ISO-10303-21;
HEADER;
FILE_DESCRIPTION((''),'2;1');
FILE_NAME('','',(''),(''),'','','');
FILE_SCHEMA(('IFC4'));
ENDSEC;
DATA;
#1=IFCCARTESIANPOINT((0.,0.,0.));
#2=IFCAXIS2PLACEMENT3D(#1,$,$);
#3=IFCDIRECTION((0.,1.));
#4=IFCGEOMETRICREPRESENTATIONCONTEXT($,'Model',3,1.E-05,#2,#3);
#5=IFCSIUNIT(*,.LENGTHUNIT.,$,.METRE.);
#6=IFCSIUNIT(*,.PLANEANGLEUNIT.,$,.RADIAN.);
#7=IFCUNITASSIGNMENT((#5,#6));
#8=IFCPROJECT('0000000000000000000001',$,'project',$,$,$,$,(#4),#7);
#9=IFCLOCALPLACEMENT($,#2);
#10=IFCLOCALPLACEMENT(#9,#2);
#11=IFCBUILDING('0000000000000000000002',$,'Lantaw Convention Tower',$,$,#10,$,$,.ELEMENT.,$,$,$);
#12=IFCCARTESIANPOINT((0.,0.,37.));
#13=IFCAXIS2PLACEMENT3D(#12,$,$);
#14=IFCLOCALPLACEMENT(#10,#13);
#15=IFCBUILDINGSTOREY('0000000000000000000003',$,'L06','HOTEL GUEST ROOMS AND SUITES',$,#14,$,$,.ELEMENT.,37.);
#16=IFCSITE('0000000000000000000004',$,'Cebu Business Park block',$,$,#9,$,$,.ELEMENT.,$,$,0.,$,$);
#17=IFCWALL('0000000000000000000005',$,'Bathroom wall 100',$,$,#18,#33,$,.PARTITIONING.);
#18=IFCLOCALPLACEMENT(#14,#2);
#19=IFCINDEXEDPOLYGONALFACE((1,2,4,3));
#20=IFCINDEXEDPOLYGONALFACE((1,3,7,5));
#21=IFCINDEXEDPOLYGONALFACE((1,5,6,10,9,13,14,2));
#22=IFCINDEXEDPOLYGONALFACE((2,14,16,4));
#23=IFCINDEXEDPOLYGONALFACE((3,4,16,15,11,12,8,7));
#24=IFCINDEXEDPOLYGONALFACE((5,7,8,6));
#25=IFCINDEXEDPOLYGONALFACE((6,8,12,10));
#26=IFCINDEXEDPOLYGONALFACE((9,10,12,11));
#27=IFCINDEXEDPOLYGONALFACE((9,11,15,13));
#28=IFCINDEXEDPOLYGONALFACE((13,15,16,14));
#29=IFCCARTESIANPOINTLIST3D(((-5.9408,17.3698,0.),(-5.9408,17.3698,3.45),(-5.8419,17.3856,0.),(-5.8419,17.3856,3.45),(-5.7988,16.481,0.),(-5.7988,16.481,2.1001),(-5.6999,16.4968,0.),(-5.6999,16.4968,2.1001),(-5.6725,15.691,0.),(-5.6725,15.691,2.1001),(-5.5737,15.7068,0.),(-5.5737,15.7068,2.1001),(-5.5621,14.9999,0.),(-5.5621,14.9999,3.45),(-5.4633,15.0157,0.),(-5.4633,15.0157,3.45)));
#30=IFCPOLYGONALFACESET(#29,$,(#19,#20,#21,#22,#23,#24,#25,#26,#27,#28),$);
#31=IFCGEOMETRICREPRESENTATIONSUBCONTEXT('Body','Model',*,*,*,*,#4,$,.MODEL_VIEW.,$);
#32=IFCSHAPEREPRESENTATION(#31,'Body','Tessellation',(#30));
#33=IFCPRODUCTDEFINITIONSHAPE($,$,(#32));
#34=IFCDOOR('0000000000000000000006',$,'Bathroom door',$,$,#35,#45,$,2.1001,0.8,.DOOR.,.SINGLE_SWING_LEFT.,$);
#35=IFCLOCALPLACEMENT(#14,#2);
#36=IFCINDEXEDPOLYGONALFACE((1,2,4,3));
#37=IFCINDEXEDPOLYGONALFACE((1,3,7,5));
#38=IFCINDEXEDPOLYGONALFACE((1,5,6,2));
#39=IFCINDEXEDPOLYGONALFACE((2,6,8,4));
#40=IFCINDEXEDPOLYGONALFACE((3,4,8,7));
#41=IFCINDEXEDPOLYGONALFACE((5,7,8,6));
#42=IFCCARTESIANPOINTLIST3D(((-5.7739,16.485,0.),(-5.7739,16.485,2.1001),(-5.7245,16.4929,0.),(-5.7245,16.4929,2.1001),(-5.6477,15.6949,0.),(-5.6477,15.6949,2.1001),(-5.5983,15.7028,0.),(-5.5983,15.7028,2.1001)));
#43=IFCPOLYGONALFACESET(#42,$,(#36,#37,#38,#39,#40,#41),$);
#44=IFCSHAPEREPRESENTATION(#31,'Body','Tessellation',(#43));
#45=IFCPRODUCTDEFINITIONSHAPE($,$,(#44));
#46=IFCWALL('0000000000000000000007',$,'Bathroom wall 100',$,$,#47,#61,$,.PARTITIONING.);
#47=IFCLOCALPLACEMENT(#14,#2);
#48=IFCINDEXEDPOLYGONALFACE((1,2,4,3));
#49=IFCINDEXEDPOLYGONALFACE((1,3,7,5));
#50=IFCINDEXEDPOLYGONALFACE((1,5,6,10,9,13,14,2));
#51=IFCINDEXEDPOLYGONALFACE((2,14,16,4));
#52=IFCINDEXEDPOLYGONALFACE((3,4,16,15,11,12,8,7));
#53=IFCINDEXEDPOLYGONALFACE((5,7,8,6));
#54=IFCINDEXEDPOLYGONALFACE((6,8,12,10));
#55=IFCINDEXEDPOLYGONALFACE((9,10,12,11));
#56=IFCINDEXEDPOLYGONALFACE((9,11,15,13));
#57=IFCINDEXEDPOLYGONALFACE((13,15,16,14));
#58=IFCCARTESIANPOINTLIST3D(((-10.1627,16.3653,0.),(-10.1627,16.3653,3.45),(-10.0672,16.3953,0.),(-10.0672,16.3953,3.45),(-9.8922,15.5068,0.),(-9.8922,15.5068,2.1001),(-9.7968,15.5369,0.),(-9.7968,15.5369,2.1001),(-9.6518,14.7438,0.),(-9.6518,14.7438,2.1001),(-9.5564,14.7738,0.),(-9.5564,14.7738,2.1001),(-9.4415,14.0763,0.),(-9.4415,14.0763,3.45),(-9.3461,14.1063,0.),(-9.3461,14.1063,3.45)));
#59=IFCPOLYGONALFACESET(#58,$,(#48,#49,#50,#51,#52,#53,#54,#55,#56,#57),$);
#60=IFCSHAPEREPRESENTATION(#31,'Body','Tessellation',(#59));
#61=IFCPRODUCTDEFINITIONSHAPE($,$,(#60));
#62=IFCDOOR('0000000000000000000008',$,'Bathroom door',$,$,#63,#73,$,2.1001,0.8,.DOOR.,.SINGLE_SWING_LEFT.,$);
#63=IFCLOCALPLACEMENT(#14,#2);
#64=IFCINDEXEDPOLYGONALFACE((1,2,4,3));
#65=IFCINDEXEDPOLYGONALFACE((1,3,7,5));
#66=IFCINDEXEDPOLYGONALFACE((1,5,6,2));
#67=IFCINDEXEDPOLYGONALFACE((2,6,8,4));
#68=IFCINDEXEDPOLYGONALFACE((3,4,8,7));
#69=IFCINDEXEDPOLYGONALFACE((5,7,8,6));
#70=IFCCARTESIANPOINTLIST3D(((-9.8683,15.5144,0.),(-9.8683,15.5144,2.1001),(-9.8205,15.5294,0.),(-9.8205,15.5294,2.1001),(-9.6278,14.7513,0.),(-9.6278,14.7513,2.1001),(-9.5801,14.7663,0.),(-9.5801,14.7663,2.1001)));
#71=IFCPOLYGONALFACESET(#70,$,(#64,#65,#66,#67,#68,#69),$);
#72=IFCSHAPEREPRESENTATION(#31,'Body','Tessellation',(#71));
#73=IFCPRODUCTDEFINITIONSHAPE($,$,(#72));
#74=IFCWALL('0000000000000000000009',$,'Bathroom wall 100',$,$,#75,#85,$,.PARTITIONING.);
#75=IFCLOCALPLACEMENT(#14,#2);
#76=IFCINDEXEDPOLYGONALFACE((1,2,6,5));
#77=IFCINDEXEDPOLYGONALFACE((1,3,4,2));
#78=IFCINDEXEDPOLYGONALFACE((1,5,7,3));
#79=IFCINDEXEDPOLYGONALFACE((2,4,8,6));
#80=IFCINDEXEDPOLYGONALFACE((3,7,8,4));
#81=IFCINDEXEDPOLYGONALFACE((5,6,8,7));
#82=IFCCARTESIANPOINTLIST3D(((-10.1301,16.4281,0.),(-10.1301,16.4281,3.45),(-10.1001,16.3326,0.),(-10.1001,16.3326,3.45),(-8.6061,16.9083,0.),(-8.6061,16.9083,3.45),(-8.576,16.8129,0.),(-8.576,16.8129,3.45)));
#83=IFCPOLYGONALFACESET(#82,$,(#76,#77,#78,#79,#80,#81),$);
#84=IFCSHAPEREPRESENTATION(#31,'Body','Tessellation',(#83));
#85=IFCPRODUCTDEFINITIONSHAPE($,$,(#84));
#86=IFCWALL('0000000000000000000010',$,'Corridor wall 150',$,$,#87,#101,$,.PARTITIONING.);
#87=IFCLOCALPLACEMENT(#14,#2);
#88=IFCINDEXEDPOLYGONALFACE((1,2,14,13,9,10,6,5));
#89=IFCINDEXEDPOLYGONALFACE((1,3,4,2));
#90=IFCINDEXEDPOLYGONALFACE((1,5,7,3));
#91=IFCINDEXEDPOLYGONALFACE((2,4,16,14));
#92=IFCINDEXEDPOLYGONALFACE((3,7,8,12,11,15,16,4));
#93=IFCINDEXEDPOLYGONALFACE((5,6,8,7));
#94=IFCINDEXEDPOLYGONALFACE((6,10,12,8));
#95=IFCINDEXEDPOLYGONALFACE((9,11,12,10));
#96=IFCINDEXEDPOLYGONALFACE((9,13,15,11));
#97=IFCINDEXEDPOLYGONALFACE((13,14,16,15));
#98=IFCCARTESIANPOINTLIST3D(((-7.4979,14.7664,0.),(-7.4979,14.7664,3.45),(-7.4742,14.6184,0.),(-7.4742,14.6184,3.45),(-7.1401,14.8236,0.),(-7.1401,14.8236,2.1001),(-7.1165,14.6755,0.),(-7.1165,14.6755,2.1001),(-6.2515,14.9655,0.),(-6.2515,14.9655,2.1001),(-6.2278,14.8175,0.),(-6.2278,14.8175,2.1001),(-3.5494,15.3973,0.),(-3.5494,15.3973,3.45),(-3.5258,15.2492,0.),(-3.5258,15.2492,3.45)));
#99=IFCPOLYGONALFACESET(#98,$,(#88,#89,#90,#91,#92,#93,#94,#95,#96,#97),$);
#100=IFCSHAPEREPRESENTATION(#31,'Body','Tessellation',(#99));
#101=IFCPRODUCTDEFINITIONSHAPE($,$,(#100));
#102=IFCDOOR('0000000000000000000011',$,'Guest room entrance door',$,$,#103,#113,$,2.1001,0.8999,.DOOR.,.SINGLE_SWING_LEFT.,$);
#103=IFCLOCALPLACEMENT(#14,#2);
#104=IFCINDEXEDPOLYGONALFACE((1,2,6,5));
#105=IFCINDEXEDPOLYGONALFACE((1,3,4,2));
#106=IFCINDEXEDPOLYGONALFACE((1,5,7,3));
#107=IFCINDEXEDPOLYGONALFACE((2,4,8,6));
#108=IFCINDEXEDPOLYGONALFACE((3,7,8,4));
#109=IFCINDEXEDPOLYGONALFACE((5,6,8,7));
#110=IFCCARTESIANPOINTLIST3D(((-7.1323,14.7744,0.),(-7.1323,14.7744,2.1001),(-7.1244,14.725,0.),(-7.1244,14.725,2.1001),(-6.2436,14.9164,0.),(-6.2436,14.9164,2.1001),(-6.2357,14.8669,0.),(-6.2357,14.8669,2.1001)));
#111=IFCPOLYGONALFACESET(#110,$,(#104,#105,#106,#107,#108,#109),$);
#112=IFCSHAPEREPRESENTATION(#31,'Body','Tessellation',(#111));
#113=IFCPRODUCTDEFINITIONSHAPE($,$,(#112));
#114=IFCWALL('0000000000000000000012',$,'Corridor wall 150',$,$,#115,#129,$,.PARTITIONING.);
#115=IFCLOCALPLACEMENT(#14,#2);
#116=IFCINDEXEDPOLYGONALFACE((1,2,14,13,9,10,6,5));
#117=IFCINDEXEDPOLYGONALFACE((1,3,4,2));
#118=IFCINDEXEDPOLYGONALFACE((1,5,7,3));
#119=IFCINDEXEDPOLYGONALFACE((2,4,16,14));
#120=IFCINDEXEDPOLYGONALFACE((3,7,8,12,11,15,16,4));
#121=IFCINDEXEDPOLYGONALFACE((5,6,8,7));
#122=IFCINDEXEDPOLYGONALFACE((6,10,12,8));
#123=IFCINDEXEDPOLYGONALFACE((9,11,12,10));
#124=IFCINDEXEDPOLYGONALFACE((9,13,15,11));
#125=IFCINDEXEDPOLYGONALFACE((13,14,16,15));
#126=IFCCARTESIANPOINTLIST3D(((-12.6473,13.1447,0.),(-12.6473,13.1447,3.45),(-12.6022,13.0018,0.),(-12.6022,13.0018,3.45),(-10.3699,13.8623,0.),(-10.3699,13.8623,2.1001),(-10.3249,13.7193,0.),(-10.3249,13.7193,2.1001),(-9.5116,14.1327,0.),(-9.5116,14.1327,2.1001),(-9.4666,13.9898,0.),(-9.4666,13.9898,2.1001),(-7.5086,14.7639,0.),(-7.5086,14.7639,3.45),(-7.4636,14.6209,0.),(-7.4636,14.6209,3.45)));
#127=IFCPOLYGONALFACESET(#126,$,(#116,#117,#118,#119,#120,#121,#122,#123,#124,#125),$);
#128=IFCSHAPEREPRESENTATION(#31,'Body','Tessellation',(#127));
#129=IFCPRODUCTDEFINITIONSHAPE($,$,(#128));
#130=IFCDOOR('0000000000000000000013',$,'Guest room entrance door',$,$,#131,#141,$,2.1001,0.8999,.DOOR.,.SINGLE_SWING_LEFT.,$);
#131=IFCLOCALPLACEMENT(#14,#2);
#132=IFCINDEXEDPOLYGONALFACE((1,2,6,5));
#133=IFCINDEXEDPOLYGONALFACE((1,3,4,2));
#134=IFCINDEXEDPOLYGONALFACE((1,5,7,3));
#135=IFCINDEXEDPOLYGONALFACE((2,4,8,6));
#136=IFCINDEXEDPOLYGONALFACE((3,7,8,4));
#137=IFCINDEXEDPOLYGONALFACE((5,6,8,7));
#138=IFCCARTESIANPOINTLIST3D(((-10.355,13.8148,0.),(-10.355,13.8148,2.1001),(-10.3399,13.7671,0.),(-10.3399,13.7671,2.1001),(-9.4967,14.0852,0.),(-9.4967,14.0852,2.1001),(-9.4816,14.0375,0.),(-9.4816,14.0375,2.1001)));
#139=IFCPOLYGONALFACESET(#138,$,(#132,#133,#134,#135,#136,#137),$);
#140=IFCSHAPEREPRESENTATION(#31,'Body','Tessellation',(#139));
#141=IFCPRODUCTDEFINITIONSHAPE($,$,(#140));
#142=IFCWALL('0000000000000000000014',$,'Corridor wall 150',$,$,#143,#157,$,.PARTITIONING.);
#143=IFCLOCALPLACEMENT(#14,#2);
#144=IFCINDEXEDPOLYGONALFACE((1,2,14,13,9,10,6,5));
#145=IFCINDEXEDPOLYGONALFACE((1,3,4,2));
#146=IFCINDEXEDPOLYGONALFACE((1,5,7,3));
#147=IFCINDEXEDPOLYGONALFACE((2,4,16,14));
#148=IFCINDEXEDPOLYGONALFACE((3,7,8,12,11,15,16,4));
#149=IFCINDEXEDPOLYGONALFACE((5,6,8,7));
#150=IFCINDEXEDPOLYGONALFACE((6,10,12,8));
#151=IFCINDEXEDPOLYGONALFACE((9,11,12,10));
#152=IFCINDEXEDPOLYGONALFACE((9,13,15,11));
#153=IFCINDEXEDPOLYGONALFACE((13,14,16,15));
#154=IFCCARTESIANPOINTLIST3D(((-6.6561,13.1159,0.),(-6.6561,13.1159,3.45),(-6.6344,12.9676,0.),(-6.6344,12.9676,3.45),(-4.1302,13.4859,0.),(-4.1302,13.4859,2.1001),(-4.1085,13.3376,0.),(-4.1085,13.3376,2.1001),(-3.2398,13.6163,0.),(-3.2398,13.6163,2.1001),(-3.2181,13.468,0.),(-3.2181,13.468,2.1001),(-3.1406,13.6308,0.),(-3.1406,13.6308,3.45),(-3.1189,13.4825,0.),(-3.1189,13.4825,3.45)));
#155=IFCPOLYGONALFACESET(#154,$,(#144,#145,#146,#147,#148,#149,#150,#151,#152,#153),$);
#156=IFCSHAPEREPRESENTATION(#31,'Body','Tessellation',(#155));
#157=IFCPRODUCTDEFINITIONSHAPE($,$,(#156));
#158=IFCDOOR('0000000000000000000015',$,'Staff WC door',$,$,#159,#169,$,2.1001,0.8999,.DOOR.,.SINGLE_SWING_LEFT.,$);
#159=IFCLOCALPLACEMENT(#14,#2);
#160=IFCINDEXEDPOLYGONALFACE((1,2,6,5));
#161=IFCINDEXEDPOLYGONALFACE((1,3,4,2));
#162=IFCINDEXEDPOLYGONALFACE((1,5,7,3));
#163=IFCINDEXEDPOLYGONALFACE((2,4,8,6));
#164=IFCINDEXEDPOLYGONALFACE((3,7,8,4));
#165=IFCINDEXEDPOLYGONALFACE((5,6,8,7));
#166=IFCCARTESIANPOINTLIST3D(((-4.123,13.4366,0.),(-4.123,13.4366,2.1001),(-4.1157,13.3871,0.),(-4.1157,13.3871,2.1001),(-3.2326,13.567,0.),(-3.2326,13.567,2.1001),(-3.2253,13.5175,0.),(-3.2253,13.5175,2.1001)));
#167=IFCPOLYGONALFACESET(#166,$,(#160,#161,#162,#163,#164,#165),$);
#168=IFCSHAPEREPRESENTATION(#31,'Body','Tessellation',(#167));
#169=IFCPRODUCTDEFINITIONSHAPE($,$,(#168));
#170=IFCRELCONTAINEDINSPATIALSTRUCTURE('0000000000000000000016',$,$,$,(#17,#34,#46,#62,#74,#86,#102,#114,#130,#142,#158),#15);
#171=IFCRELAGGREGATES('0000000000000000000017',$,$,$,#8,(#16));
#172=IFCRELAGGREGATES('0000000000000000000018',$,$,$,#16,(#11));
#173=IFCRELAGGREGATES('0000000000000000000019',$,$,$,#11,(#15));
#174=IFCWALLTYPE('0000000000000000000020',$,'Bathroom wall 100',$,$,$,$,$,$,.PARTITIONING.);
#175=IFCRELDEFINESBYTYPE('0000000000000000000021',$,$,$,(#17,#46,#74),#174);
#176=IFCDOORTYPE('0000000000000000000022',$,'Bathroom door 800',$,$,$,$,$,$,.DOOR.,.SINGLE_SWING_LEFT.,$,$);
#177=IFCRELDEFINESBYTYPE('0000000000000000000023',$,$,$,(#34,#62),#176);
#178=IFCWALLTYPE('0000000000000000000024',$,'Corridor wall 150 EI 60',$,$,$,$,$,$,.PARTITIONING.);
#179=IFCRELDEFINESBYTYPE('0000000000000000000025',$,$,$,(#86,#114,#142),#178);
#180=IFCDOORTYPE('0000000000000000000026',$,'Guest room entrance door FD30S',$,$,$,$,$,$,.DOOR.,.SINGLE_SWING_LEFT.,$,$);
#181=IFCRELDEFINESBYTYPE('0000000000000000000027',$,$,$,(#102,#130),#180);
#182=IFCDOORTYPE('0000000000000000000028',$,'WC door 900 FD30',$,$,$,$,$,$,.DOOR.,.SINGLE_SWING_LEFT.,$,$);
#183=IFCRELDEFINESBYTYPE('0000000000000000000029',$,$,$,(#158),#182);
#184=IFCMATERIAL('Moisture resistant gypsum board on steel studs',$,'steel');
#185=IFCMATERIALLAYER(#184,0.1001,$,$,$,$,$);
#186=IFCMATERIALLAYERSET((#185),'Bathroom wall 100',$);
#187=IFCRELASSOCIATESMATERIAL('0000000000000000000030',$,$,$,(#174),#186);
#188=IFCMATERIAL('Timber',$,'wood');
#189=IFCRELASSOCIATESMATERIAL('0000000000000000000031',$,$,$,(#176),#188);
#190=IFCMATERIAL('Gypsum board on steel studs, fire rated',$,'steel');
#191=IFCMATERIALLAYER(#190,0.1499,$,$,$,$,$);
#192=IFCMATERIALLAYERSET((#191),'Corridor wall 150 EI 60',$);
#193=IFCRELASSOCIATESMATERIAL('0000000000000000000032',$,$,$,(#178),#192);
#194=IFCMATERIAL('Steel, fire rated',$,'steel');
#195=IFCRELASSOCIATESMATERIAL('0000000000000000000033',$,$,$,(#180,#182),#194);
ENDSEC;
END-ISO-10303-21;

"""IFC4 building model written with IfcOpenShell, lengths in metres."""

from ifc_helpers import new_model, si_unit, direction, frame, frame_2d, origin, place, context, subcontext, project, spatial, rectangle, extrude, material, layer, layer_set, type_object, element, fill, save


model = new_model("IFC4")

# Units and contexts
model_context = context("Model", 3, precision=1e-05, world=origin(), true_north=direction((0.0, 1.0)))
body_context = subcontext(model_context, "Body", "Model", "MODEL_VIEW")
ifc_project = project(units=[si_unit("LENGTHUNIT", "METRE"), si_unit("PLANEANGLEUNIT", "RADIAN")], contexts=[model_context])

# Site, building, storey
site_placement = place(None, origin())
site = spatial("IfcSite", under=ifc_project, at=site_placement, Name="Cebu Business Park block", CompositionType="ELEMENT", RefElevation=0.0)
building_placement = place(site_placement, origin())
building = spatial("IfcBuilding", under=site, at=building_placement, Name="Lantaw Convention Tower", CompositionType="ELEMENT")
storey_placement = place(building_placement, frame((0.0, 0.0, 37.0)))
storey = spatial("IfcBuildingStorey", under=building, at=storey_placement, Name="L06", Description="HOTEL GUEST ROOMS AND SUITES", CompositionType="ELEMENT", Elevation=37.0)

# Walls, openings, doors
ifc_material_1 = material(Name="Moisture resistant gypsum board on steel studs", Category="steel")
ifc_layer_1 = layer(ifc_material_1, 0.1001)
ifc_layer_set_1 = layer_set([ifc_layer_1], Name="Bathroom wall 100")
wall_type_1 = type_object("IfcWallType", Name="Bathroom wall 100", PredefinedType="PARTITIONING", material=ifc_layer_set_1)
ifc_material_2 = material(Name="Timber", Category="wood")
door_type_1 = type_object("IfcDoorType", Name="Bathroom door 800", OperationType="SINGLE_SWING_LEFT", PredefinedType="DOOR", material=ifc_material_2)
wall_1_placement = place(storey_placement, frame((-5.5127, 15.0078, 0.0), z_axis=(0.0, 0.0, 1.0), x_axis=(-0.15778, 0.987474, 0.0)))
wall_1 = element("IfcWall", 1, at=wall_1_placement, inside=storey, type_object=wall_type_1, Name="Bathroom wall 100", PredefinedType="PARTITIONING", context=body_context, shape_type="SweptSolid", body=[
    extrude(rectangle(XDim=2.3999, YDim=0.1001, at=frame_2d((1.2, 0.0))), origin(), (0.0, 0.0, 1.0), 3.45),
])
opening_1_placement = place(wall_1_placement, frame((0.7, 0.0, 0.0)))
opening_1 = element("IfcOpeningElement", 2, at=opening_1_placement, cuts=wall_1, PredefinedType="OPENING", context=body_context, shape_type="SweptSolid", body=[
    extrude(rectangle(XDim=0.8, YDim=2.1001, at=frame_2d((0.3999, 1.05))), frame((0.0, 0.0601, 0.0), z_axis=(0.0, -1.0, 0.0), x_axis=(1.0, 0.0, 0.0)), (0.0, 0.0, 1.0), 0.1201),
])
door_1_placement = place(opening_1_placement, origin())
door_1 = element("IfcDoor", 3, at=door_1_placement, inside=storey, type_object=door_type_1, Name="Bathroom door", OperationType="SINGLE_SWING_LEFT", OverallHeight=2.1001, OverallWidth=0.8, PredefinedType="DOOR", context=body_context, shape_type="SweptSolid", body=[
    extrude(rectangle(XDim=0.8, YDim=2.1001, at=frame_2d((0.3999, 1.05))), frame((0.0, 0.0249, 0.0), z_axis=(0.0, -1.0, 0.0), x_axis=(1.0, 0.0, 0.0)), (0.0, 0.0, 1.0), 0.05),
])
fill(opening_1, door_1)
wall_2_placement = place(storey_placement, frame((-9.3938, 14.0913, 0.0), z_axis=(0.0, 0.0, 1.0), x_axis=(-0.300498, 0.953782, 0.0)))
wall_2 = element("IfcWall", 4, at=wall_2_placement, inside=storey, type_object=wall_type_1, Name="Bathroom wall 100", PredefinedType="PARTITIONING", context=body_context, shape_type="SweptSolid", body=[
    extrude(rectangle(XDim=2.3999, YDim=0.1001, at=frame_2d((1.2, 0.0))), origin(), (0.0, 0.0, 1.0), 3.45),
])
opening_2_placement = place(wall_2_placement, frame((0.7, 0.0, 0.0)))
opening_2 = element("IfcOpeningElement", 5, at=opening_2_placement, cuts=wall_2, PredefinedType="OPENING", context=body_context, shape_type="SweptSolid", body=[
    extrude(rectangle(XDim=0.8, YDim=2.1001, at=frame_2d((0.3999, 1.05))), frame((0.0, 0.0601, 0.0), z_axis=(0.0, -1.0, 0.0), x_axis=(1.0, 0.0, 0.0)), (0.0, 0.0, 1.0), 0.1201),
])
door_2_placement = place(opening_2_placement, origin())
door_2 = element("IfcDoor", 6, at=door_2_placement, inside=storey, type_object=door_type_1, Name="Bathroom door", OperationType="SINGLE_SWING_LEFT", OverallHeight=2.1001, OverallWidth=0.8, PredefinedType="DOOR", context=body_context, shape_type="SweptSolid", body=[
    extrude(rectangle(XDim=0.8, YDim=2.1001, at=frame_2d((0.3999, 1.05))), frame((0.0, 0.0249, 0.0), z_axis=(0.0, -1.0, 0.0), x_axis=(1.0, 0.0, 0.0)), (0.0, 0.0, 1.0), 0.05),
])
fill(opening_2, door_2)

# Wall
wall_3_placement = place(storey_placement, frame((-10.115, 16.3804, 0.0), z_axis=(0.0, 0.0, 1.0), x_axis=(0.953765, 0.300554, 0.0)))
element("IfcWall", 7, at=wall_3_placement, inside=storey, type_object=wall_type_1, Name="Bathroom wall 100", PredefinedType="PARTITIONING", context=body_context, shape_type="SweptSolid", body=[
    extrude(rectangle(XDim=1.5979, YDim=0.1001, at=frame_2d((0.7988, 0.0))), origin(), (0.0, 0.0, 1.0), 3.45),
])

# Walls, openings, doors
ifc_material_3 = material(Name="Gypsum board on steel studs, fire rated", Category="steel")
ifc_layer_2 = layer(ifc_material_3, 0.1499)
ifc_layer_set_2 = layer_set([ifc_layer_2], Name="Corridor wall 150 EI 60")
wall_type_2 = type_object("IfcWallType", Name="Corridor wall 150 EI 60", PredefinedType="PARTITIONING", material=ifc_layer_set_2)
wall_4_placement = place(storey_placement, frame((-3.5376, 15.3232, 0.0), z_axis=(0.0, 0.0, 1.0), x_axis=(-0.987476, -0.157771, 0.0)))
wall_4 = element("IfcWall", 8, at=wall_4_placement, inside=storey, type_object=wall_type_2, Name="Corridor wall 150", PredefinedType="PARTITIONING", context=body_context, shape_type="SweptSolid", body=[
    extrude(rectangle(XDim=3.9985, YDim=0.1499, at=frame_2d((1.9993, 0.0))), origin(), (0.0, 0.0, 1.0), 3.45),
])
opening_3_placement = place(wall_4_placement, frame((2.7363, 0.0, 0.0)))
opening_3 = element("IfcOpeningElement", 9, at=opening_3_placement, cuts=wall_4, PredefinedType="OPENING", context=body_context, shape_type="SweptSolid", body=[
    extrude(rectangle(XDim=0.8999, YDim=2.1001, at=frame_2d((0.45, 1.05))), frame((0.0, 0.085, 0.0), z_axis=(0.0, -1.0, 0.0), x_axis=(1.0, 0.0, 0.0)), (0.0, 0.0, 1.0), 0.1699),
])
ifc_material_4 = material(Name="Steel, fire rated", Category="steel")
door_type_2 = type_object("IfcDoorType", Name="Guest room entrance door FD30S", OperationType="SINGLE_SWING_LEFT", PredefinedType="DOOR", material=ifc_material_4)
door_3_placement = place(opening_3_placement, origin())
door_3 = element("IfcDoor", 10, at=door_3_placement, inside=storey, type_object=door_type_2, Name="Guest room entrance door", OperationType="SINGLE_SWING_LEFT", OverallHeight=2.1001, OverallWidth=0.8999, PredefinedType="DOOR", context=body_context, shape_type="SweptSolid", body=[
    extrude(rectangle(XDim=0.8999, YDim=2.1001, at=frame_2d((0.45, 1.05))), frame((0.0, 0.0249, 0.0), z_axis=(0.0, -1.0, 0.0), x_axis=(1.0, 0.0, 0.0)), (0.0, 0.0, 1.0), 0.05),
])
fill(opening_3, door_3)
wall_5_placement = place(storey_placement, frame((-7.4861, 14.6924, 0.0), z_axis=(0.0, 0.0, 1.0), x_axis=(-0.953774, -0.300524, 0.0)))
wall_5 = element("IfcWall", 11, at=wall_5_placement, inside=storey, type_object=wall_type_2, Name="Corridor wall 150", PredefinedType="PARTITIONING", context=body_context, shape_type="SweptSolid", body=[
    extrude(rectangle(XDim=5.3877, YDim=0.1499, at=frame_2d((2.6938, 0.0))), origin(), (0.0, 0.0, 1.0), 3.45),
])
opening_4_placement = place(wall_5_placement, frame((2.1001, 0.0, 0.0)))
opening_4 = element("IfcOpeningElement", 12, at=opening_4_placement, cuts=wall_5, PredefinedType="OPENING", context=body_context, shape_type="SweptSolid", body=[
    extrude(rectangle(XDim=0.8999, YDim=2.1001, at=frame_2d((0.45, 1.05))), frame((0.0, 0.085, 0.0), z_axis=(0.0, -1.0, 0.0), x_axis=(1.0, 0.0, 0.0)), (0.0, 0.0, 1.0), 0.1699),
])
door_4_placement = place(opening_4_placement, origin())
door_4 = element("IfcDoor", 13, at=door_4_placement, inside=storey, type_object=door_type_2, Name="Guest room entrance door", OperationType="SINGLE_SWING_LEFT", OverallHeight=2.1001, OverallWidth=0.8999, PredefinedType="DOOR", context=body_context, shape_type="SweptSolid", body=[
    extrude(rectangle(XDim=0.8999, YDim=2.1001, at=frame_2d((0.45, 1.05))), frame((0.0, 0.0249, 0.0), z_axis=(0.0, -1.0, 0.0), x_axis=(1.0, 0.0, 0.0)), (0.0, 0.0, 1.0), 0.05),
])
fill(opening_4, door_4)
wall_6_placement = place(storey_placement, frame((-3.1299, 13.5566, 0.0), z_axis=(0.0, 0.0, 1.0), x_axis=(-0.989443, -0.144922, 0.0)))
wall_6 = element("IfcWall", 14, at=wall_6_placement, inside=storey, type_object=wall_type_2, Name="Corridor wall 150", PredefinedType="PARTITIONING", context=body_context, shape_type="SweptSolid", body=[
    extrude(rectangle(XDim=3.553, YDim=0.1499, at=frame_2d((1.7764, 0.0))), origin(), (0.0, 0.0, 1.0), 3.45),
])
opening_5_placement = place(wall_6_placement, frame((0.1001, 0.0, 0.0)))
opening_5 = element("IfcOpeningElement", 15, at=opening_5_placement, cuts=wall_6, PredefinedType="OPENING", context=body_context, shape_type="SweptSolid", body=[
    extrude(rectangle(XDim=0.8999, YDim=2.1001, at=frame_2d((0.45, 1.05))), frame((0.0, 0.085, 0.0), z_axis=(0.0, -1.0, 0.0), x_axis=(1.0, 0.0, 0.0)), (0.0, 0.0, 1.0), 0.1699),
])
door_type_3 = type_object("IfcDoorType", Name="WC door 900 FD30", OperationType="SINGLE_SWING_LEFT", PredefinedType="DOOR", material=ifc_material_4)
door_5_placement = place(opening_5_placement, origin())
door_5 = element("IfcDoor", 16, at=door_5_placement, inside=storey, type_object=door_type_3, Name="Staff WC door", OperationType="SINGLE_SWING_LEFT", OverallHeight=2.1001, OverallWidth=0.8999, PredefinedType="DOOR", context=body_context, shape_type="SweptSolid", body=[
    extrude(rectangle(XDim=0.8999, YDim=2.1001, at=frame_2d((0.45, 1.05))), frame((0.0, 0.0249, 0.0), z_axis=(0.0, -1.0, 0.0), x_axis=(1.0, 0.0, 0.0)), (0.0, 0.0, 1.0), 0.05),
])
fill(opening_5, door_5)

save(model, "model.ifc")
